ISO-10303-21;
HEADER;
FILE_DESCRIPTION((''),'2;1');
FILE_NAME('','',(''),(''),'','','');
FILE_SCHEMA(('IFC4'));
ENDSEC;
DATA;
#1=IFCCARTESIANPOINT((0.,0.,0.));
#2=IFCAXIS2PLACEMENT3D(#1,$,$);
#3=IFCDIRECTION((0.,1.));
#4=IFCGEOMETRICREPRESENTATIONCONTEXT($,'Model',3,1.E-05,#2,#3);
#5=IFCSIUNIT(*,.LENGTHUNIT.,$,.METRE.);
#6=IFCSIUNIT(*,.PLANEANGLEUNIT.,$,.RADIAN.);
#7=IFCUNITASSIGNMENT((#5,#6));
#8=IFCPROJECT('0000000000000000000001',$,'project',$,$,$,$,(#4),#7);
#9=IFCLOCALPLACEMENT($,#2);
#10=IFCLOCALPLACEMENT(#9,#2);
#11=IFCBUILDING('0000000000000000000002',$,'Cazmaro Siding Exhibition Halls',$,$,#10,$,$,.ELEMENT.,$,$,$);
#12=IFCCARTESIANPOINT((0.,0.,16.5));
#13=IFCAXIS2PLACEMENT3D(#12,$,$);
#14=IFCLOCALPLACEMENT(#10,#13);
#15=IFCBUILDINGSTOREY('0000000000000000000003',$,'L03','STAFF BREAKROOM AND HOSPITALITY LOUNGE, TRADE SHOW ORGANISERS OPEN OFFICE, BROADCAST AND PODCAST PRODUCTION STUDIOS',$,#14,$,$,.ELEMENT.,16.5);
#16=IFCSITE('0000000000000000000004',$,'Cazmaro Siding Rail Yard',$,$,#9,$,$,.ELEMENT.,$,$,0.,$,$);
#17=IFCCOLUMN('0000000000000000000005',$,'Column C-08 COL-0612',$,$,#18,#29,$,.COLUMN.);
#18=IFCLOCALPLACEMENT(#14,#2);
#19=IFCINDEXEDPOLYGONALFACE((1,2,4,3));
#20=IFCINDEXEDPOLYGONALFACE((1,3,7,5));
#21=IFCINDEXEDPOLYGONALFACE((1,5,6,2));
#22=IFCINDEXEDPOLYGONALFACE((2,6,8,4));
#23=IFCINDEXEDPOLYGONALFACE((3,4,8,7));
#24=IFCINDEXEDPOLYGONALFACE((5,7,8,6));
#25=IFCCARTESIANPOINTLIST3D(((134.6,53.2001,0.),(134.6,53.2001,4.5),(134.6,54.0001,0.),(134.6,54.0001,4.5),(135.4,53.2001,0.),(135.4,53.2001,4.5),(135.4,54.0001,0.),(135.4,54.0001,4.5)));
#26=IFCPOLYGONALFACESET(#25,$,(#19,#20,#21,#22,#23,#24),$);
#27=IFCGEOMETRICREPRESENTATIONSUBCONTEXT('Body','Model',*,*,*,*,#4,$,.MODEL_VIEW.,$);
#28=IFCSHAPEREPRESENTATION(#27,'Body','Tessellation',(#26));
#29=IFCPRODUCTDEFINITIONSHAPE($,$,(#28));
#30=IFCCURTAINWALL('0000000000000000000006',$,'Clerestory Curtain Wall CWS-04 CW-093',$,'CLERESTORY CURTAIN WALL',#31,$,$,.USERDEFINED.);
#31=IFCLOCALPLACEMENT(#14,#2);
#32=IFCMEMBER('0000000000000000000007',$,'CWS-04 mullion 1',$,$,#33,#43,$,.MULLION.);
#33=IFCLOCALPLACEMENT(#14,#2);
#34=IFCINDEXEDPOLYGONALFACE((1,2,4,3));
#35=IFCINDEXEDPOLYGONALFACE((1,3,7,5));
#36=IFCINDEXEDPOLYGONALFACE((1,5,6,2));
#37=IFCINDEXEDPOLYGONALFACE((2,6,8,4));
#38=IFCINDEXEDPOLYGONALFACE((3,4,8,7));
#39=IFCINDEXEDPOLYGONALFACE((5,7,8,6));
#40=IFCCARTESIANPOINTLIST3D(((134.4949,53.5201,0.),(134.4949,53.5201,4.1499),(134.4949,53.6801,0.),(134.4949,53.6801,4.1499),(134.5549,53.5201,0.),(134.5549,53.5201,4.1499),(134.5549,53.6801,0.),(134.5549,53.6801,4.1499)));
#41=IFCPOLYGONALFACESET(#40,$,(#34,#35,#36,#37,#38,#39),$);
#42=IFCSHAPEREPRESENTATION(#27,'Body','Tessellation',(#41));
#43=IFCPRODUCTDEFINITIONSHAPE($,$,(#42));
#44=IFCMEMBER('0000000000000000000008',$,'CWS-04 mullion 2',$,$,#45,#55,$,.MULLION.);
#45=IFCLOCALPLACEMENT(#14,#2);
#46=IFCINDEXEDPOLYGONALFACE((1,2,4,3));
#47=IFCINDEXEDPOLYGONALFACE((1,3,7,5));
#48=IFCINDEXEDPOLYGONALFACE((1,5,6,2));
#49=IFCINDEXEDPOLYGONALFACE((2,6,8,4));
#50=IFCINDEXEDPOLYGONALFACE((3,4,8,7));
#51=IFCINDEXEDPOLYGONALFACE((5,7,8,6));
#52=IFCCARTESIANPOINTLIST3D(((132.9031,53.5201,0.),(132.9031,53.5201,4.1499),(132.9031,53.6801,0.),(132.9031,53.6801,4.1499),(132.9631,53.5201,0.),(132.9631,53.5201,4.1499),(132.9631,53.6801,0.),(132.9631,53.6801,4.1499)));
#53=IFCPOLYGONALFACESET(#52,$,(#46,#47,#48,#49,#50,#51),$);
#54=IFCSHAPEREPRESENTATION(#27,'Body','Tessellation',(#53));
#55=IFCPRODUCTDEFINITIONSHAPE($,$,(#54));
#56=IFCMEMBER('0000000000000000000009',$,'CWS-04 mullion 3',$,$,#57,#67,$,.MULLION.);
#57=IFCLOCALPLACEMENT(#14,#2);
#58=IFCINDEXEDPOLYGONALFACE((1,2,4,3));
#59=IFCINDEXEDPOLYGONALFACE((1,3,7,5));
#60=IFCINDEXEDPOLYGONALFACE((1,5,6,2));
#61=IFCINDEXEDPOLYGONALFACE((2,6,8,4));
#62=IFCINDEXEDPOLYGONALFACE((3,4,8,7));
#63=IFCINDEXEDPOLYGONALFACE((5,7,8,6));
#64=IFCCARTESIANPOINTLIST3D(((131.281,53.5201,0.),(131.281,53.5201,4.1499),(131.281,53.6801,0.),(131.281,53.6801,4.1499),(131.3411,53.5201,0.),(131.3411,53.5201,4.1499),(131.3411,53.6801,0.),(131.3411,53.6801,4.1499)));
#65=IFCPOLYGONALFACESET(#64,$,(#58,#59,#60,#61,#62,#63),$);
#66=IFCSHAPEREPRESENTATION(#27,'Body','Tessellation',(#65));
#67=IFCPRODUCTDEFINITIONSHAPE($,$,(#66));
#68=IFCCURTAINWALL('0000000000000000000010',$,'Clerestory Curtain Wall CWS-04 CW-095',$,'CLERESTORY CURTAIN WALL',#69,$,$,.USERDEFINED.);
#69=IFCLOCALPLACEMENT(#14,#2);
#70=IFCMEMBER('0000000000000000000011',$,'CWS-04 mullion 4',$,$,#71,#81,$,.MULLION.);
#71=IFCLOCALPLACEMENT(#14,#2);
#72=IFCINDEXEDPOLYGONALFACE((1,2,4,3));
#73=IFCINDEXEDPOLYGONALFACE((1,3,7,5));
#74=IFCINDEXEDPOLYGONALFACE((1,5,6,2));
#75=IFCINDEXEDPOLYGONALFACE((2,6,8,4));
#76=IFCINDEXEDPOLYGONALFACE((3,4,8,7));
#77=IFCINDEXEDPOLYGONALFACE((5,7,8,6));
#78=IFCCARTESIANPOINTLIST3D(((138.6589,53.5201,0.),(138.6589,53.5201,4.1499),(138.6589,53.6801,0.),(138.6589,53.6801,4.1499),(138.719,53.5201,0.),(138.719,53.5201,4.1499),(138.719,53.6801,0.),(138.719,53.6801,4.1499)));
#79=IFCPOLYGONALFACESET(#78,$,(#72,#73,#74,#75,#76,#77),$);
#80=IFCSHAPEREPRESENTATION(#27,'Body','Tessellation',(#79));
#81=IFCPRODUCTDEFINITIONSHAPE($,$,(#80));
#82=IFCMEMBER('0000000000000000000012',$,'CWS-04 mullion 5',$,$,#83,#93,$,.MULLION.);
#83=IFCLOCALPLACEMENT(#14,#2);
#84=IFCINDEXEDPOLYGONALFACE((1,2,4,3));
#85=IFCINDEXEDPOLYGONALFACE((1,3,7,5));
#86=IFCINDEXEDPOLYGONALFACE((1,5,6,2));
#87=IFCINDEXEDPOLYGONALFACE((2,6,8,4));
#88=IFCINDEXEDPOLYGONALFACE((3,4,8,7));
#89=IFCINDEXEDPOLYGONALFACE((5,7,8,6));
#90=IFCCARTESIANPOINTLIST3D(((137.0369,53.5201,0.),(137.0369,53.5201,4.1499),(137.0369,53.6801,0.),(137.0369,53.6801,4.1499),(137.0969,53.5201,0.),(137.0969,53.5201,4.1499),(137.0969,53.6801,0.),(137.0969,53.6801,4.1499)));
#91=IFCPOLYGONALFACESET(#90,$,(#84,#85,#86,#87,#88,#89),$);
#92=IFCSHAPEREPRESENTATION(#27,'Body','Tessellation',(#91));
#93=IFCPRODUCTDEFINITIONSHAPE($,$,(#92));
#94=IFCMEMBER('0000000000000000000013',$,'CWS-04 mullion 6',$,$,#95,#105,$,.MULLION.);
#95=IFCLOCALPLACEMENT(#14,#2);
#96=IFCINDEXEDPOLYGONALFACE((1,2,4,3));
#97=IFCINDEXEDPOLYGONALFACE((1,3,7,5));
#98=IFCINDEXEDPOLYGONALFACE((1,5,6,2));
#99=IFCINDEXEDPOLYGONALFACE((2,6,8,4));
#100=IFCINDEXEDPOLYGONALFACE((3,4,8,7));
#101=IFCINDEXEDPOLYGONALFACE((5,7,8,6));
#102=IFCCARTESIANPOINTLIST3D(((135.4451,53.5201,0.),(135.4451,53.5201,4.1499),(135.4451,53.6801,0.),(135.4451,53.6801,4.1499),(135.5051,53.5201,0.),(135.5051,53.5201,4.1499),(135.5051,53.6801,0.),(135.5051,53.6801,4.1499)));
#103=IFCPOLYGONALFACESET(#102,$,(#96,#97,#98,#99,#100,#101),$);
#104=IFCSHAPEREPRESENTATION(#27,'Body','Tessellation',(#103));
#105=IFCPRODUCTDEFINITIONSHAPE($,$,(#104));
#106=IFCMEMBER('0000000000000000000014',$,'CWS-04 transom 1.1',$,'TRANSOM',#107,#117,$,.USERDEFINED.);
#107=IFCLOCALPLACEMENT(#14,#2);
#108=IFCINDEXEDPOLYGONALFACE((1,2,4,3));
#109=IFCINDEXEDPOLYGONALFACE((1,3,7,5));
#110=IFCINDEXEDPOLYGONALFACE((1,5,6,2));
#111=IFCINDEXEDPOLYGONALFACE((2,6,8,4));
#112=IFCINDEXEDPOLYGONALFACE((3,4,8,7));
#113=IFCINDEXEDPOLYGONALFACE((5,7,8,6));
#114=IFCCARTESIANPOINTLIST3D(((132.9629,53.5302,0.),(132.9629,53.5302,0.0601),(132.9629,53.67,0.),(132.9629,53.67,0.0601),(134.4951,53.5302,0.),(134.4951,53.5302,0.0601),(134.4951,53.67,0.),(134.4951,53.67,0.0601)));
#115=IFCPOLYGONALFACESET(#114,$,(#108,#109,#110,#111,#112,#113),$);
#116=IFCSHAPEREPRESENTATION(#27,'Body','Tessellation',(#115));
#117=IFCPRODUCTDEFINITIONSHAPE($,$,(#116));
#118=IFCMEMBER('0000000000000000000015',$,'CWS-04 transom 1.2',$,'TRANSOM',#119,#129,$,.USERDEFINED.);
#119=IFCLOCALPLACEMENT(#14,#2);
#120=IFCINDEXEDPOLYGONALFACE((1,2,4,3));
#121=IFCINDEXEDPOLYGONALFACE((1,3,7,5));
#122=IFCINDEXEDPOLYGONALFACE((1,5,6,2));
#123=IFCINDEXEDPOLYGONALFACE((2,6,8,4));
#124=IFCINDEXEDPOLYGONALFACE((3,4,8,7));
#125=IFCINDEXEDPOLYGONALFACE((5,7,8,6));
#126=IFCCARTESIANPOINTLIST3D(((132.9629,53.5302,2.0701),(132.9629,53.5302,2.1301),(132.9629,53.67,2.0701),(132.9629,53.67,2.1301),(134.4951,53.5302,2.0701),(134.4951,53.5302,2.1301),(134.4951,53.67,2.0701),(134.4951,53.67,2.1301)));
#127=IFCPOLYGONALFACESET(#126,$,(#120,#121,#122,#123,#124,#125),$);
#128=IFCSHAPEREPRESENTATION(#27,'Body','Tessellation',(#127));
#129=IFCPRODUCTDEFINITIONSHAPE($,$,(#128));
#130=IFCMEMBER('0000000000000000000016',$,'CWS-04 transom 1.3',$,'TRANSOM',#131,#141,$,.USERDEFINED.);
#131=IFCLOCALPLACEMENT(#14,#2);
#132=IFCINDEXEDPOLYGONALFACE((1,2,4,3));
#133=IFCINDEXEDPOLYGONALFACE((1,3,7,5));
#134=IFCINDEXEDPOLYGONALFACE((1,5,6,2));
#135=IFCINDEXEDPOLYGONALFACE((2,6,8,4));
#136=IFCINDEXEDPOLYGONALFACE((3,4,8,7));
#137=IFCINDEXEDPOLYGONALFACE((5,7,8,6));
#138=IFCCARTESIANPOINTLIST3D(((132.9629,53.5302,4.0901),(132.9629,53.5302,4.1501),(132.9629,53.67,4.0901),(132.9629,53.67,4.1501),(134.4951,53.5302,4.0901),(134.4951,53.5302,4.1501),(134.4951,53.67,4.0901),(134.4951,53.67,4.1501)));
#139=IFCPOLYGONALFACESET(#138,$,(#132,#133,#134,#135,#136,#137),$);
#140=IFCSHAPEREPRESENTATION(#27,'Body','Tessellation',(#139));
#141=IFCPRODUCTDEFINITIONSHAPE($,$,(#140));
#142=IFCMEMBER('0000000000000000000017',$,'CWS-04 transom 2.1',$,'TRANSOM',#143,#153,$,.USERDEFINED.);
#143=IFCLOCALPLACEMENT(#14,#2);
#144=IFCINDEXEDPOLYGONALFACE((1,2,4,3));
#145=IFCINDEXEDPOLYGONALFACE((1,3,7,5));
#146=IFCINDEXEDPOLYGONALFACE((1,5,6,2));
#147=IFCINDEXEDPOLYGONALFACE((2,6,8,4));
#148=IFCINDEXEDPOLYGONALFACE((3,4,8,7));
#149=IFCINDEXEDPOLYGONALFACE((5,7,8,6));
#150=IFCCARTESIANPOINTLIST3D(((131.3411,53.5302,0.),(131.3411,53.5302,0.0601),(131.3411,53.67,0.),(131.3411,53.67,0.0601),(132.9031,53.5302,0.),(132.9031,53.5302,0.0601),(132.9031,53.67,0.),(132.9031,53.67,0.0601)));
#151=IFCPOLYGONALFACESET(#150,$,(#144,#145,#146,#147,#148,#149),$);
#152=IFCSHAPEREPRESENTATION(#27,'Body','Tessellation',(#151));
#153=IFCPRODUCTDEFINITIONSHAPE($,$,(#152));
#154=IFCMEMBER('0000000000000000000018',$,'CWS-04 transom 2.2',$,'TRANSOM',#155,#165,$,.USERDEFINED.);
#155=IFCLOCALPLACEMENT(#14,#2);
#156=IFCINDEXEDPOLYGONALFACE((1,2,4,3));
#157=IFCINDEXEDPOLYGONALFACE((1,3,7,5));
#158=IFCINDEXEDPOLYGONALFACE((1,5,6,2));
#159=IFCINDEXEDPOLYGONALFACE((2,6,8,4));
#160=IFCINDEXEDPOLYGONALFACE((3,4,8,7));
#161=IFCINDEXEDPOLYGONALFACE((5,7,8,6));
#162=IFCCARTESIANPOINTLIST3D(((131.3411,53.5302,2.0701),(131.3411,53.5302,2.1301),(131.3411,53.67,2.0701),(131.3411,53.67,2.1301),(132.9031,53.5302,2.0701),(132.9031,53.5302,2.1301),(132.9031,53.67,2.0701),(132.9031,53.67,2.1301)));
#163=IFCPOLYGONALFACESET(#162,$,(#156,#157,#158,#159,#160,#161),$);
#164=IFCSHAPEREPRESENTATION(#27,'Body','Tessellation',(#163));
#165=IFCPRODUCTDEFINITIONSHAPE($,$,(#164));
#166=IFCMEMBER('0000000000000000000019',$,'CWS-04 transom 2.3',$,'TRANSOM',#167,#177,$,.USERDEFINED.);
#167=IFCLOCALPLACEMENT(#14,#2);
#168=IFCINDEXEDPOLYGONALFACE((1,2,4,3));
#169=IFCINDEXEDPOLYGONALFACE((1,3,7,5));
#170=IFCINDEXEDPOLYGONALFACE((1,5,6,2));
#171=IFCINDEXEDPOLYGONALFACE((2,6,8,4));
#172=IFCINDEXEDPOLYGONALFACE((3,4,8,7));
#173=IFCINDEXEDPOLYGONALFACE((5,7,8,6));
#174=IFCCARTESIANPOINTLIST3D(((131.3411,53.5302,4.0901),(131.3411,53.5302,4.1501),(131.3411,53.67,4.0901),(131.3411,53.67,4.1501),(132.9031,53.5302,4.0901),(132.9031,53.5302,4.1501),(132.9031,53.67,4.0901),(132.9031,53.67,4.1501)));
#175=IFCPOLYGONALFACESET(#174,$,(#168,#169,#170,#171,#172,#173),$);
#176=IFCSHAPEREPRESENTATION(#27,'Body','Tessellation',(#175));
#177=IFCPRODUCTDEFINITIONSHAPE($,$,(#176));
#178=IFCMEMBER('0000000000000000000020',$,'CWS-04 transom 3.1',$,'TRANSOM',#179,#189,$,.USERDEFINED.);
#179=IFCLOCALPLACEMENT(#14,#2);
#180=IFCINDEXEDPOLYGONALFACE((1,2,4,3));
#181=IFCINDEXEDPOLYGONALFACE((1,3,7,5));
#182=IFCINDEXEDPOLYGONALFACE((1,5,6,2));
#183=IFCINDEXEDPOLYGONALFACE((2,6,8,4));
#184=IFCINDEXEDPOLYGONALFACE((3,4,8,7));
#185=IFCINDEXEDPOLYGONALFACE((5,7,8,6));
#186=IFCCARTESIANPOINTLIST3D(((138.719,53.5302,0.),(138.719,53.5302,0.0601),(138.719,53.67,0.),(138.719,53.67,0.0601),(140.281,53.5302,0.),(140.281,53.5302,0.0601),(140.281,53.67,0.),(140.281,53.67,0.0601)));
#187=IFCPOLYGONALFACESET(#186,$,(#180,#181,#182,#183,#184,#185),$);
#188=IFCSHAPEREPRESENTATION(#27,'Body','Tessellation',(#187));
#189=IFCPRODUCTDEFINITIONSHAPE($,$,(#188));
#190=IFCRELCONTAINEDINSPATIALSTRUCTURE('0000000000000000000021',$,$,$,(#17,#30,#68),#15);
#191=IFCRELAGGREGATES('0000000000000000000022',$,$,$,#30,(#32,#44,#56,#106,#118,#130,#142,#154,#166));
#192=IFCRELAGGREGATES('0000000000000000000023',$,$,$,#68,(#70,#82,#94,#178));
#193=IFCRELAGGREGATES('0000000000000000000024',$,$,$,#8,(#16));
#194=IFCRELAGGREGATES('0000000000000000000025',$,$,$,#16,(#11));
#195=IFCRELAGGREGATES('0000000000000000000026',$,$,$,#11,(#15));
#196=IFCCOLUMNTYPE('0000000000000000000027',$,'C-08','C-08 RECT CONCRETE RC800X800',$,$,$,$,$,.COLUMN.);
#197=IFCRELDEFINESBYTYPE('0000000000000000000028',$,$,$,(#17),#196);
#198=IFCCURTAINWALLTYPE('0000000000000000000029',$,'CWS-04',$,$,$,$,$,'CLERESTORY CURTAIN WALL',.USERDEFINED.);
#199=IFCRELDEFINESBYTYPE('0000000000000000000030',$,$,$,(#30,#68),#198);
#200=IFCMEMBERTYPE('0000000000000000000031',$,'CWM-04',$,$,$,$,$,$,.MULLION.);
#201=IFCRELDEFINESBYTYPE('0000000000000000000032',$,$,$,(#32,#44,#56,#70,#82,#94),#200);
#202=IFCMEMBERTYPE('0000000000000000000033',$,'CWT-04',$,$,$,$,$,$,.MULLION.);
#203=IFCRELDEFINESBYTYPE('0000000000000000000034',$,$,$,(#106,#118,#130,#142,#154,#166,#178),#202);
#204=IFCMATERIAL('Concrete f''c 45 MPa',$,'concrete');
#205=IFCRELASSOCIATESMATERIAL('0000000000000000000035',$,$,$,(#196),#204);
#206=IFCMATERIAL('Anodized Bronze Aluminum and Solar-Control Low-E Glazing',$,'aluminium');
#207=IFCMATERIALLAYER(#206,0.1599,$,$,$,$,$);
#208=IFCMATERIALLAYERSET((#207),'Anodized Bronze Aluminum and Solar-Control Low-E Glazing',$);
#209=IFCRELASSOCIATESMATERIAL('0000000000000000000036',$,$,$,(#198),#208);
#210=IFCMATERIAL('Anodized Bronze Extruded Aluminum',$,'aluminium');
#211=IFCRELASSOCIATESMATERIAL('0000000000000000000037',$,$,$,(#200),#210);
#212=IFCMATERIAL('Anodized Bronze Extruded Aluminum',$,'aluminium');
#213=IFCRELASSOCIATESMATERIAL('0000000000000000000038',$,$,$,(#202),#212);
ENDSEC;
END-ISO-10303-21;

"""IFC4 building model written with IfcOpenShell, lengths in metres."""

from ifc_helpers import new_model, si_unit, direction, frame, origin, origin_2d, place, context, subcontext, project, spatial, rectangle, extrude, material, layer, layer_set, material_profile, profile_set, type_object, element, aggregate, save


model = new_model("IFC4")

# Units and contexts
model_context = context("Model", 3, precision=1e-05, world=origin(), true_north=direction((0.0, 1.0)))
body_context = subcontext(model_context, "Body", "Model", "MODEL_VIEW")
ifc_project = project(units=[si_unit("LENGTHUNIT", "METRE"), si_unit("PLANEANGLEUNIT", "RADIAN")], contexts=[model_context])

# Site, building, storey
site_placement = place(None, origin())
site = spatial("IfcSite", under=ifc_project, at=site_placement, Name="Cazmaro Siding Rail Yard", CompositionType="ELEMENT", RefElevation=0.0)
building_placement = place(site_placement, origin())
building = spatial("IfcBuilding", under=site, at=building_placement, Name="Cazmaro Siding Exhibition Halls", CompositionType="ELEMENT")
storey_placement = place(building_placement, frame((0.0, 0.0, 16.5)))
storey = spatial("IfcBuildingStorey", under=building, at=storey_placement, Name="L03", Description="STAFF BREAKROOM AND HOSPITALITY LOUNGE, TRADE SHOW ORGANISERS OPEN OFFICE, BROADCAST AND PODCAST PRODUCTION STUDIOS", CompositionType="ELEMENT", Elevation=16.5)

# Column
ifc_material_1 = material(Name="Concrete f'c 45 MPa", Category="concrete")
ifc_material_profile_1 = material_profile(ifc_material_1, rectangle(XDim=0.8, YDim=0.8, at=origin_2d()), Name="RC800X800")
ifc_profile_set_1 = profile_set([ifc_material_profile_1], Name="Concrete f'c 45 MPa")
column_type = type_object("IfcColumnType", Name="C-08", Description="C-08 RECT CONCRETE RC800X800", PredefinedType="COLUMN", material=ifc_profile_set_1)
column_placement = place(storey_placement, frame((135.0, 53.6001, 0.0), z_axis=(0.0, 0.0, 1.0), x_axis=(1.0, 0.0, 0.0)))
element("IfcColumn", 1, at=column_placement, inside=storey, type_object=column_type, Name="Column C-08 COL-0612", PredefinedType="COLUMN", context=body_context, shape_type="SweptSolid", body=[
    extrude(rectangle(XDim=0.8, YDim=0.8, at=origin_2d()), origin(), (0.0, 0.0, 1.0), 4.5),
])

# Curtain walls, members
ifc_material_2 = material(Name="Anodized Bronze Aluminum and Solar-Control Low-E Glazing", Category="aluminium")
ifc_layer_1 = layer(ifc_material_2, 0.1599)
ifc_layer_set_1 = layer_set([ifc_layer_1], Name="Anodized Bronze Aluminum and Solar-Control Low-E Glazing")
curtain_wall_type = type_object("IfcCurtainWallType", Name="CWS-04", ElementType="CLERESTORY CURTAIN WALL", PredefinedType="USERDEFINED", material=ifc_layer_set_1)
curtain_wall_1_placement = place(storey_placement, origin())
curtain_wall_1 = element("IfcCurtainWall", 2, at=curtain_wall_1_placement, inside=storey, type_object=curtain_wall_type, Name="Clerestory Curtain Wall CWS-04 CW-093", ObjectType="CLERESTORY CURTAIN WALL", PredefinedType="USERDEFINED")
ifc_material_3 = material(Name="Anodized Bronze Extruded Aluminum", Category="aluminium")
ifc_material_profile_2 = material_profile(ifc_material_3, rectangle(XDim=0.1599, YDim=0.0601, at=origin_2d()), Name="CWM-04")
ifc_profile_set_2 = profile_set([ifc_material_profile_2], Name="Anodized Bronze Extruded Aluminum")
member_type_1 = type_object("IfcMemberType", Name="CWM-04", PredefinedType="MULLION", material=ifc_profile_set_2)
member_1_placement = place(storey_placement, frame((134.5249, 53.6001, 0.0), z_axis=(0.0, 0.0, 1.0), x_axis=(0.0, -1.0, 0.0)))
member_1 = element("IfcMember", 3, at=member_1_placement, type_object=member_type_1, Name="CWS-04 mullion 1", PredefinedType="MULLION", context=body_context, shape_type="SweptSolid", body=[
    extrude(rectangle(XDim=0.1599, YDim=0.0601, at=origin_2d()), origin(), (0.0, 0.0, 1.0), 4.1499),
])
member_2_placement = place(storey_placement, frame((132.9331, 53.6001, 0.0), z_axis=(0.0, 0.0, 1.0), x_axis=(0.0, -1.0, 0.0)))
member_2 = element("IfcMember", 4, at=member_2_placement, type_object=member_type_1, Name="CWS-04 mullion 2", PredefinedType="MULLION", context=body_context, shape_type="SweptSolid", body=[
    extrude(rectangle(XDim=0.1599, YDim=0.0601, at=origin_2d()), origin(), (0.0, 0.0, 1.0), 4.1499),
])
member_3_placement = place(storey_placement, frame((131.311, 53.6001, 0.0), z_axis=(0.0, 0.0, 1.0), x_axis=(0.0, -1.0, 0.0)))
member_3 = element("IfcMember", 5, at=member_3_placement, type_object=member_type_1, Name="CWS-04 mullion 3", PredefinedType="MULLION", context=body_context, shape_type="SweptSolid", body=[
    extrude(rectangle(XDim=0.1599, YDim=0.0601, at=origin_2d()), origin(), (0.0, 0.0, 1.0), 4.1499),
])
curtain_wall_2_placement = place(storey_placement, origin())
curtain_wall_2 = element("IfcCurtainWall", 6, at=curtain_wall_2_placement, inside=storey, type_object=curtain_wall_type, Name="Clerestory Curtain Wall CWS-04 CW-095", ObjectType="CLERESTORY CURTAIN WALL", PredefinedType="USERDEFINED")
member_4_placement = place(storey_placement, frame((138.689, 53.6001, 0.0), z_axis=(0.0, 0.0, 1.0), x_axis=(0.0, -1.0, 0.0)))
member_4 = element("IfcMember", 7, at=member_4_placement, type_object=member_type_1, Name="CWS-04 mullion 4", PredefinedType="MULLION", context=body_context, shape_type="SweptSolid", body=[
    extrude(rectangle(XDim=0.1599, YDim=0.0601, at=origin_2d()), origin(), (0.0, 0.0, 1.0), 4.1499),
])
member_5_placement = place(storey_placement, frame((137.0669, 53.6001, 0.0), z_axis=(0.0, 0.0, 1.0), x_axis=(0.0, -1.0, 0.0)))
member_5 = element("IfcMember", 8, at=member_5_placement, type_object=member_type_1, Name="CWS-04 mullion 5", PredefinedType="MULLION", context=body_context, shape_type="SweptSolid", body=[
    extrude(rectangle(XDim=0.1599, YDim=0.0601, at=origin_2d()), origin(), (0.0, 0.0, 1.0), 4.1499),
])
member_6_placement = place(storey_placement, frame((135.4751, 53.6001, 0.0), z_axis=(0.0, 0.0, 1.0), x_axis=(0.0, -1.0, 0.0)))
member_6 = element("IfcMember", 9, at=member_6_placement, type_object=member_type_1, Name="CWS-04 mullion 6", PredefinedType="MULLION", context=body_context, shape_type="SweptSolid", body=[
    extrude(rectangle(XDim=0.1599, YDim=0.0601, at=origin_2d()), origin(), (0.0, 0.0, 1.0), 4.1499),
])

# Members
ifc_material_4 = material(Name="Anodized Bronze Extruded Aluminum", Category="aluminium")
ifc_material_profile_3 = material_profile(ifc_material_4, rectangle(XDim=0.1399, YDim=0.0601, at=origin_2d()), Name="CWT-04")
ifc_profile_set_3 = profile_set([ifc_material_profile_3], Name="Anodized Bronze Extruded Aluminum")
member_type_2 = type_object("IfcMemberType", Name="CWT-04", PredefinedType="MULLION", material=ifc_profile_set_3)
member_7_placement = place(storey_placement, frame((134.4951, 53.6001, 0.03), z_axis=(-1.0, 0.0, 0.0), x_axis=(0.0, -1.0, 0.0)))
member_7 = element("IfcMember", 10, at=member_7_placement, type_object=member_type_2, Name="CWS-04 transom 1.1", ObjectType="TRANSOM", PredefinedType="USERDEFINED", context=body_context, shape_type="SweptSolid", body=[
    extrude(rectangle(XDim=0.1399, YDim=0.0601, at=origin_2d()), origin(), (0.0, 0.0, 1.0), 1.5322),
])
member_8_placement = place(storey_placement, frame((134.4951, 53.6001, 2.1001), z_axis=(-1.0, 0.0, 0.0), x_axis=(0.0, -1.0, 0.0)))
member_8 = element("IfcMember", 11, at=member_8_placement, type_object=member_type_2, Name="CWS-04 transom 1.2", ObjectType="TRANSOM", PredefinedType="USERDEFINED", context=body_context, shape_type="SweptSolid", body=[
    extrude(rectangle(XDim=0.1399, YDim=0.0601, at=origin_2d()), origin(), (0.0, 0.0, 1.0), 1.5322),
])
member_9_placement = place(storey_placement, frame((134.4951, 53.6001, 4.1201), z_axis=(-1.0, 0.0, 0.0), x_axis=(0.0, -1.0, 0.0)))
member_9 = element("IfcMember", 12, at=member_9_placement, type_object=member_type_2, Name="CWS-04 transom 1.3", ObjectType="TRANSOM", PredefinedType="USERDEFINED", context=body_context, shape_type="SweptSolid", body=[
    extrude(rectangle(XDim=0.1399, YDim=0.0601, at=origin_2d()), origin(), (0.0, 0.0, 1.0), 1.5322),
])
member_10_placement = place(storey_placement, frame((132.9031, 53.6001, 0.03), z_axis=(-1.0, 0.0, 0.0), x_axis=(0.0, -1.0, 0.0)))
member_10 = element("IfcMember", 13, at=member_10_placement, type_object=member_type_2, Name="CWS-04 transom 2.1", ObjectType="TRANSOM", PredefinedType="USERDEFINED", context=body_context, shape_type="SweptSolid", body=[
    extrude(rectangle(XDim=0.1399, YDim=0.0601, at=origin_2d()), origin(), (0.0, 0.0, 1.0), 1.562),
])
member_11_placement = place(storey_placement, frame((132.9031, 53.6001, 2.1001), z_axis=(-1.0, 0.0, 0.0), x_axis=(0.0, -1.0, 0.0)))
member_11 = element("IfcMember", 14, at=member_11_placement, type_object=member_type_2, Name="CWS-04 transom 2.2", ObjectType="TRANSOM", PredefinedType="USERDEFINED", context=body_context, shape_type="SweptSolid", body=[
    extrude(rectangle(XDim=0.1399, YDim=0.0601, at=origin_2d()), origin(), (0.0, 0.0, 1.0), 1.562),
])
member_12_placement = place(storey_placement, frame((132.9031, 53.6001, 4.1201), z_axis=(-1.0, 0.0, 0.0), x_axis=(0.0, -1.0, 0.0)))
member_12 = element("IfcMember", 15, at=member_12_placement, type_object=member_type_2, Name="CWS-04 transom 2.3", ObjectType="TRANSOM", PredefinedType="USERDEFINED", context=body_context, shape_type="SweptSolid", body=[
    extrude(rectangle(XDim=0.1399, YDim=0.0601, at=origin_2d()), origin(), (0.0, 0.0, 1.0), 1.562),
])
member_13_placement = place(storey_placement, frame((140.281, 53.6001, 0.03), z_axis=(-1.0, 0.0, 0.0), x_axis=(0.0, -1.0, 0.0)))
member_13 = element("IfcMember", 16, at=member_13_placement, type_object=member_type_2, Name="CWS-04 transom 3.1", ObjectType="TRANSOM", PredefinedType="USERDEFINED", context=body_context, shape_type="SweptSolid", body=[
    extrude(rectangle(XDim=0.1399, YDim=0.0601, at=origin_2d()), origin(), (0.0, 0.0, 1.0), 1.562),
])

aggregate(curtain_wall_1, [member_1, member_2, member_3, member_7, member_8, member_9, member_10, member_11, member_12])
aggregate(curtain_wall_2, [member_4, member_5, member_6, member_13])

save(model, "model.ifc")
